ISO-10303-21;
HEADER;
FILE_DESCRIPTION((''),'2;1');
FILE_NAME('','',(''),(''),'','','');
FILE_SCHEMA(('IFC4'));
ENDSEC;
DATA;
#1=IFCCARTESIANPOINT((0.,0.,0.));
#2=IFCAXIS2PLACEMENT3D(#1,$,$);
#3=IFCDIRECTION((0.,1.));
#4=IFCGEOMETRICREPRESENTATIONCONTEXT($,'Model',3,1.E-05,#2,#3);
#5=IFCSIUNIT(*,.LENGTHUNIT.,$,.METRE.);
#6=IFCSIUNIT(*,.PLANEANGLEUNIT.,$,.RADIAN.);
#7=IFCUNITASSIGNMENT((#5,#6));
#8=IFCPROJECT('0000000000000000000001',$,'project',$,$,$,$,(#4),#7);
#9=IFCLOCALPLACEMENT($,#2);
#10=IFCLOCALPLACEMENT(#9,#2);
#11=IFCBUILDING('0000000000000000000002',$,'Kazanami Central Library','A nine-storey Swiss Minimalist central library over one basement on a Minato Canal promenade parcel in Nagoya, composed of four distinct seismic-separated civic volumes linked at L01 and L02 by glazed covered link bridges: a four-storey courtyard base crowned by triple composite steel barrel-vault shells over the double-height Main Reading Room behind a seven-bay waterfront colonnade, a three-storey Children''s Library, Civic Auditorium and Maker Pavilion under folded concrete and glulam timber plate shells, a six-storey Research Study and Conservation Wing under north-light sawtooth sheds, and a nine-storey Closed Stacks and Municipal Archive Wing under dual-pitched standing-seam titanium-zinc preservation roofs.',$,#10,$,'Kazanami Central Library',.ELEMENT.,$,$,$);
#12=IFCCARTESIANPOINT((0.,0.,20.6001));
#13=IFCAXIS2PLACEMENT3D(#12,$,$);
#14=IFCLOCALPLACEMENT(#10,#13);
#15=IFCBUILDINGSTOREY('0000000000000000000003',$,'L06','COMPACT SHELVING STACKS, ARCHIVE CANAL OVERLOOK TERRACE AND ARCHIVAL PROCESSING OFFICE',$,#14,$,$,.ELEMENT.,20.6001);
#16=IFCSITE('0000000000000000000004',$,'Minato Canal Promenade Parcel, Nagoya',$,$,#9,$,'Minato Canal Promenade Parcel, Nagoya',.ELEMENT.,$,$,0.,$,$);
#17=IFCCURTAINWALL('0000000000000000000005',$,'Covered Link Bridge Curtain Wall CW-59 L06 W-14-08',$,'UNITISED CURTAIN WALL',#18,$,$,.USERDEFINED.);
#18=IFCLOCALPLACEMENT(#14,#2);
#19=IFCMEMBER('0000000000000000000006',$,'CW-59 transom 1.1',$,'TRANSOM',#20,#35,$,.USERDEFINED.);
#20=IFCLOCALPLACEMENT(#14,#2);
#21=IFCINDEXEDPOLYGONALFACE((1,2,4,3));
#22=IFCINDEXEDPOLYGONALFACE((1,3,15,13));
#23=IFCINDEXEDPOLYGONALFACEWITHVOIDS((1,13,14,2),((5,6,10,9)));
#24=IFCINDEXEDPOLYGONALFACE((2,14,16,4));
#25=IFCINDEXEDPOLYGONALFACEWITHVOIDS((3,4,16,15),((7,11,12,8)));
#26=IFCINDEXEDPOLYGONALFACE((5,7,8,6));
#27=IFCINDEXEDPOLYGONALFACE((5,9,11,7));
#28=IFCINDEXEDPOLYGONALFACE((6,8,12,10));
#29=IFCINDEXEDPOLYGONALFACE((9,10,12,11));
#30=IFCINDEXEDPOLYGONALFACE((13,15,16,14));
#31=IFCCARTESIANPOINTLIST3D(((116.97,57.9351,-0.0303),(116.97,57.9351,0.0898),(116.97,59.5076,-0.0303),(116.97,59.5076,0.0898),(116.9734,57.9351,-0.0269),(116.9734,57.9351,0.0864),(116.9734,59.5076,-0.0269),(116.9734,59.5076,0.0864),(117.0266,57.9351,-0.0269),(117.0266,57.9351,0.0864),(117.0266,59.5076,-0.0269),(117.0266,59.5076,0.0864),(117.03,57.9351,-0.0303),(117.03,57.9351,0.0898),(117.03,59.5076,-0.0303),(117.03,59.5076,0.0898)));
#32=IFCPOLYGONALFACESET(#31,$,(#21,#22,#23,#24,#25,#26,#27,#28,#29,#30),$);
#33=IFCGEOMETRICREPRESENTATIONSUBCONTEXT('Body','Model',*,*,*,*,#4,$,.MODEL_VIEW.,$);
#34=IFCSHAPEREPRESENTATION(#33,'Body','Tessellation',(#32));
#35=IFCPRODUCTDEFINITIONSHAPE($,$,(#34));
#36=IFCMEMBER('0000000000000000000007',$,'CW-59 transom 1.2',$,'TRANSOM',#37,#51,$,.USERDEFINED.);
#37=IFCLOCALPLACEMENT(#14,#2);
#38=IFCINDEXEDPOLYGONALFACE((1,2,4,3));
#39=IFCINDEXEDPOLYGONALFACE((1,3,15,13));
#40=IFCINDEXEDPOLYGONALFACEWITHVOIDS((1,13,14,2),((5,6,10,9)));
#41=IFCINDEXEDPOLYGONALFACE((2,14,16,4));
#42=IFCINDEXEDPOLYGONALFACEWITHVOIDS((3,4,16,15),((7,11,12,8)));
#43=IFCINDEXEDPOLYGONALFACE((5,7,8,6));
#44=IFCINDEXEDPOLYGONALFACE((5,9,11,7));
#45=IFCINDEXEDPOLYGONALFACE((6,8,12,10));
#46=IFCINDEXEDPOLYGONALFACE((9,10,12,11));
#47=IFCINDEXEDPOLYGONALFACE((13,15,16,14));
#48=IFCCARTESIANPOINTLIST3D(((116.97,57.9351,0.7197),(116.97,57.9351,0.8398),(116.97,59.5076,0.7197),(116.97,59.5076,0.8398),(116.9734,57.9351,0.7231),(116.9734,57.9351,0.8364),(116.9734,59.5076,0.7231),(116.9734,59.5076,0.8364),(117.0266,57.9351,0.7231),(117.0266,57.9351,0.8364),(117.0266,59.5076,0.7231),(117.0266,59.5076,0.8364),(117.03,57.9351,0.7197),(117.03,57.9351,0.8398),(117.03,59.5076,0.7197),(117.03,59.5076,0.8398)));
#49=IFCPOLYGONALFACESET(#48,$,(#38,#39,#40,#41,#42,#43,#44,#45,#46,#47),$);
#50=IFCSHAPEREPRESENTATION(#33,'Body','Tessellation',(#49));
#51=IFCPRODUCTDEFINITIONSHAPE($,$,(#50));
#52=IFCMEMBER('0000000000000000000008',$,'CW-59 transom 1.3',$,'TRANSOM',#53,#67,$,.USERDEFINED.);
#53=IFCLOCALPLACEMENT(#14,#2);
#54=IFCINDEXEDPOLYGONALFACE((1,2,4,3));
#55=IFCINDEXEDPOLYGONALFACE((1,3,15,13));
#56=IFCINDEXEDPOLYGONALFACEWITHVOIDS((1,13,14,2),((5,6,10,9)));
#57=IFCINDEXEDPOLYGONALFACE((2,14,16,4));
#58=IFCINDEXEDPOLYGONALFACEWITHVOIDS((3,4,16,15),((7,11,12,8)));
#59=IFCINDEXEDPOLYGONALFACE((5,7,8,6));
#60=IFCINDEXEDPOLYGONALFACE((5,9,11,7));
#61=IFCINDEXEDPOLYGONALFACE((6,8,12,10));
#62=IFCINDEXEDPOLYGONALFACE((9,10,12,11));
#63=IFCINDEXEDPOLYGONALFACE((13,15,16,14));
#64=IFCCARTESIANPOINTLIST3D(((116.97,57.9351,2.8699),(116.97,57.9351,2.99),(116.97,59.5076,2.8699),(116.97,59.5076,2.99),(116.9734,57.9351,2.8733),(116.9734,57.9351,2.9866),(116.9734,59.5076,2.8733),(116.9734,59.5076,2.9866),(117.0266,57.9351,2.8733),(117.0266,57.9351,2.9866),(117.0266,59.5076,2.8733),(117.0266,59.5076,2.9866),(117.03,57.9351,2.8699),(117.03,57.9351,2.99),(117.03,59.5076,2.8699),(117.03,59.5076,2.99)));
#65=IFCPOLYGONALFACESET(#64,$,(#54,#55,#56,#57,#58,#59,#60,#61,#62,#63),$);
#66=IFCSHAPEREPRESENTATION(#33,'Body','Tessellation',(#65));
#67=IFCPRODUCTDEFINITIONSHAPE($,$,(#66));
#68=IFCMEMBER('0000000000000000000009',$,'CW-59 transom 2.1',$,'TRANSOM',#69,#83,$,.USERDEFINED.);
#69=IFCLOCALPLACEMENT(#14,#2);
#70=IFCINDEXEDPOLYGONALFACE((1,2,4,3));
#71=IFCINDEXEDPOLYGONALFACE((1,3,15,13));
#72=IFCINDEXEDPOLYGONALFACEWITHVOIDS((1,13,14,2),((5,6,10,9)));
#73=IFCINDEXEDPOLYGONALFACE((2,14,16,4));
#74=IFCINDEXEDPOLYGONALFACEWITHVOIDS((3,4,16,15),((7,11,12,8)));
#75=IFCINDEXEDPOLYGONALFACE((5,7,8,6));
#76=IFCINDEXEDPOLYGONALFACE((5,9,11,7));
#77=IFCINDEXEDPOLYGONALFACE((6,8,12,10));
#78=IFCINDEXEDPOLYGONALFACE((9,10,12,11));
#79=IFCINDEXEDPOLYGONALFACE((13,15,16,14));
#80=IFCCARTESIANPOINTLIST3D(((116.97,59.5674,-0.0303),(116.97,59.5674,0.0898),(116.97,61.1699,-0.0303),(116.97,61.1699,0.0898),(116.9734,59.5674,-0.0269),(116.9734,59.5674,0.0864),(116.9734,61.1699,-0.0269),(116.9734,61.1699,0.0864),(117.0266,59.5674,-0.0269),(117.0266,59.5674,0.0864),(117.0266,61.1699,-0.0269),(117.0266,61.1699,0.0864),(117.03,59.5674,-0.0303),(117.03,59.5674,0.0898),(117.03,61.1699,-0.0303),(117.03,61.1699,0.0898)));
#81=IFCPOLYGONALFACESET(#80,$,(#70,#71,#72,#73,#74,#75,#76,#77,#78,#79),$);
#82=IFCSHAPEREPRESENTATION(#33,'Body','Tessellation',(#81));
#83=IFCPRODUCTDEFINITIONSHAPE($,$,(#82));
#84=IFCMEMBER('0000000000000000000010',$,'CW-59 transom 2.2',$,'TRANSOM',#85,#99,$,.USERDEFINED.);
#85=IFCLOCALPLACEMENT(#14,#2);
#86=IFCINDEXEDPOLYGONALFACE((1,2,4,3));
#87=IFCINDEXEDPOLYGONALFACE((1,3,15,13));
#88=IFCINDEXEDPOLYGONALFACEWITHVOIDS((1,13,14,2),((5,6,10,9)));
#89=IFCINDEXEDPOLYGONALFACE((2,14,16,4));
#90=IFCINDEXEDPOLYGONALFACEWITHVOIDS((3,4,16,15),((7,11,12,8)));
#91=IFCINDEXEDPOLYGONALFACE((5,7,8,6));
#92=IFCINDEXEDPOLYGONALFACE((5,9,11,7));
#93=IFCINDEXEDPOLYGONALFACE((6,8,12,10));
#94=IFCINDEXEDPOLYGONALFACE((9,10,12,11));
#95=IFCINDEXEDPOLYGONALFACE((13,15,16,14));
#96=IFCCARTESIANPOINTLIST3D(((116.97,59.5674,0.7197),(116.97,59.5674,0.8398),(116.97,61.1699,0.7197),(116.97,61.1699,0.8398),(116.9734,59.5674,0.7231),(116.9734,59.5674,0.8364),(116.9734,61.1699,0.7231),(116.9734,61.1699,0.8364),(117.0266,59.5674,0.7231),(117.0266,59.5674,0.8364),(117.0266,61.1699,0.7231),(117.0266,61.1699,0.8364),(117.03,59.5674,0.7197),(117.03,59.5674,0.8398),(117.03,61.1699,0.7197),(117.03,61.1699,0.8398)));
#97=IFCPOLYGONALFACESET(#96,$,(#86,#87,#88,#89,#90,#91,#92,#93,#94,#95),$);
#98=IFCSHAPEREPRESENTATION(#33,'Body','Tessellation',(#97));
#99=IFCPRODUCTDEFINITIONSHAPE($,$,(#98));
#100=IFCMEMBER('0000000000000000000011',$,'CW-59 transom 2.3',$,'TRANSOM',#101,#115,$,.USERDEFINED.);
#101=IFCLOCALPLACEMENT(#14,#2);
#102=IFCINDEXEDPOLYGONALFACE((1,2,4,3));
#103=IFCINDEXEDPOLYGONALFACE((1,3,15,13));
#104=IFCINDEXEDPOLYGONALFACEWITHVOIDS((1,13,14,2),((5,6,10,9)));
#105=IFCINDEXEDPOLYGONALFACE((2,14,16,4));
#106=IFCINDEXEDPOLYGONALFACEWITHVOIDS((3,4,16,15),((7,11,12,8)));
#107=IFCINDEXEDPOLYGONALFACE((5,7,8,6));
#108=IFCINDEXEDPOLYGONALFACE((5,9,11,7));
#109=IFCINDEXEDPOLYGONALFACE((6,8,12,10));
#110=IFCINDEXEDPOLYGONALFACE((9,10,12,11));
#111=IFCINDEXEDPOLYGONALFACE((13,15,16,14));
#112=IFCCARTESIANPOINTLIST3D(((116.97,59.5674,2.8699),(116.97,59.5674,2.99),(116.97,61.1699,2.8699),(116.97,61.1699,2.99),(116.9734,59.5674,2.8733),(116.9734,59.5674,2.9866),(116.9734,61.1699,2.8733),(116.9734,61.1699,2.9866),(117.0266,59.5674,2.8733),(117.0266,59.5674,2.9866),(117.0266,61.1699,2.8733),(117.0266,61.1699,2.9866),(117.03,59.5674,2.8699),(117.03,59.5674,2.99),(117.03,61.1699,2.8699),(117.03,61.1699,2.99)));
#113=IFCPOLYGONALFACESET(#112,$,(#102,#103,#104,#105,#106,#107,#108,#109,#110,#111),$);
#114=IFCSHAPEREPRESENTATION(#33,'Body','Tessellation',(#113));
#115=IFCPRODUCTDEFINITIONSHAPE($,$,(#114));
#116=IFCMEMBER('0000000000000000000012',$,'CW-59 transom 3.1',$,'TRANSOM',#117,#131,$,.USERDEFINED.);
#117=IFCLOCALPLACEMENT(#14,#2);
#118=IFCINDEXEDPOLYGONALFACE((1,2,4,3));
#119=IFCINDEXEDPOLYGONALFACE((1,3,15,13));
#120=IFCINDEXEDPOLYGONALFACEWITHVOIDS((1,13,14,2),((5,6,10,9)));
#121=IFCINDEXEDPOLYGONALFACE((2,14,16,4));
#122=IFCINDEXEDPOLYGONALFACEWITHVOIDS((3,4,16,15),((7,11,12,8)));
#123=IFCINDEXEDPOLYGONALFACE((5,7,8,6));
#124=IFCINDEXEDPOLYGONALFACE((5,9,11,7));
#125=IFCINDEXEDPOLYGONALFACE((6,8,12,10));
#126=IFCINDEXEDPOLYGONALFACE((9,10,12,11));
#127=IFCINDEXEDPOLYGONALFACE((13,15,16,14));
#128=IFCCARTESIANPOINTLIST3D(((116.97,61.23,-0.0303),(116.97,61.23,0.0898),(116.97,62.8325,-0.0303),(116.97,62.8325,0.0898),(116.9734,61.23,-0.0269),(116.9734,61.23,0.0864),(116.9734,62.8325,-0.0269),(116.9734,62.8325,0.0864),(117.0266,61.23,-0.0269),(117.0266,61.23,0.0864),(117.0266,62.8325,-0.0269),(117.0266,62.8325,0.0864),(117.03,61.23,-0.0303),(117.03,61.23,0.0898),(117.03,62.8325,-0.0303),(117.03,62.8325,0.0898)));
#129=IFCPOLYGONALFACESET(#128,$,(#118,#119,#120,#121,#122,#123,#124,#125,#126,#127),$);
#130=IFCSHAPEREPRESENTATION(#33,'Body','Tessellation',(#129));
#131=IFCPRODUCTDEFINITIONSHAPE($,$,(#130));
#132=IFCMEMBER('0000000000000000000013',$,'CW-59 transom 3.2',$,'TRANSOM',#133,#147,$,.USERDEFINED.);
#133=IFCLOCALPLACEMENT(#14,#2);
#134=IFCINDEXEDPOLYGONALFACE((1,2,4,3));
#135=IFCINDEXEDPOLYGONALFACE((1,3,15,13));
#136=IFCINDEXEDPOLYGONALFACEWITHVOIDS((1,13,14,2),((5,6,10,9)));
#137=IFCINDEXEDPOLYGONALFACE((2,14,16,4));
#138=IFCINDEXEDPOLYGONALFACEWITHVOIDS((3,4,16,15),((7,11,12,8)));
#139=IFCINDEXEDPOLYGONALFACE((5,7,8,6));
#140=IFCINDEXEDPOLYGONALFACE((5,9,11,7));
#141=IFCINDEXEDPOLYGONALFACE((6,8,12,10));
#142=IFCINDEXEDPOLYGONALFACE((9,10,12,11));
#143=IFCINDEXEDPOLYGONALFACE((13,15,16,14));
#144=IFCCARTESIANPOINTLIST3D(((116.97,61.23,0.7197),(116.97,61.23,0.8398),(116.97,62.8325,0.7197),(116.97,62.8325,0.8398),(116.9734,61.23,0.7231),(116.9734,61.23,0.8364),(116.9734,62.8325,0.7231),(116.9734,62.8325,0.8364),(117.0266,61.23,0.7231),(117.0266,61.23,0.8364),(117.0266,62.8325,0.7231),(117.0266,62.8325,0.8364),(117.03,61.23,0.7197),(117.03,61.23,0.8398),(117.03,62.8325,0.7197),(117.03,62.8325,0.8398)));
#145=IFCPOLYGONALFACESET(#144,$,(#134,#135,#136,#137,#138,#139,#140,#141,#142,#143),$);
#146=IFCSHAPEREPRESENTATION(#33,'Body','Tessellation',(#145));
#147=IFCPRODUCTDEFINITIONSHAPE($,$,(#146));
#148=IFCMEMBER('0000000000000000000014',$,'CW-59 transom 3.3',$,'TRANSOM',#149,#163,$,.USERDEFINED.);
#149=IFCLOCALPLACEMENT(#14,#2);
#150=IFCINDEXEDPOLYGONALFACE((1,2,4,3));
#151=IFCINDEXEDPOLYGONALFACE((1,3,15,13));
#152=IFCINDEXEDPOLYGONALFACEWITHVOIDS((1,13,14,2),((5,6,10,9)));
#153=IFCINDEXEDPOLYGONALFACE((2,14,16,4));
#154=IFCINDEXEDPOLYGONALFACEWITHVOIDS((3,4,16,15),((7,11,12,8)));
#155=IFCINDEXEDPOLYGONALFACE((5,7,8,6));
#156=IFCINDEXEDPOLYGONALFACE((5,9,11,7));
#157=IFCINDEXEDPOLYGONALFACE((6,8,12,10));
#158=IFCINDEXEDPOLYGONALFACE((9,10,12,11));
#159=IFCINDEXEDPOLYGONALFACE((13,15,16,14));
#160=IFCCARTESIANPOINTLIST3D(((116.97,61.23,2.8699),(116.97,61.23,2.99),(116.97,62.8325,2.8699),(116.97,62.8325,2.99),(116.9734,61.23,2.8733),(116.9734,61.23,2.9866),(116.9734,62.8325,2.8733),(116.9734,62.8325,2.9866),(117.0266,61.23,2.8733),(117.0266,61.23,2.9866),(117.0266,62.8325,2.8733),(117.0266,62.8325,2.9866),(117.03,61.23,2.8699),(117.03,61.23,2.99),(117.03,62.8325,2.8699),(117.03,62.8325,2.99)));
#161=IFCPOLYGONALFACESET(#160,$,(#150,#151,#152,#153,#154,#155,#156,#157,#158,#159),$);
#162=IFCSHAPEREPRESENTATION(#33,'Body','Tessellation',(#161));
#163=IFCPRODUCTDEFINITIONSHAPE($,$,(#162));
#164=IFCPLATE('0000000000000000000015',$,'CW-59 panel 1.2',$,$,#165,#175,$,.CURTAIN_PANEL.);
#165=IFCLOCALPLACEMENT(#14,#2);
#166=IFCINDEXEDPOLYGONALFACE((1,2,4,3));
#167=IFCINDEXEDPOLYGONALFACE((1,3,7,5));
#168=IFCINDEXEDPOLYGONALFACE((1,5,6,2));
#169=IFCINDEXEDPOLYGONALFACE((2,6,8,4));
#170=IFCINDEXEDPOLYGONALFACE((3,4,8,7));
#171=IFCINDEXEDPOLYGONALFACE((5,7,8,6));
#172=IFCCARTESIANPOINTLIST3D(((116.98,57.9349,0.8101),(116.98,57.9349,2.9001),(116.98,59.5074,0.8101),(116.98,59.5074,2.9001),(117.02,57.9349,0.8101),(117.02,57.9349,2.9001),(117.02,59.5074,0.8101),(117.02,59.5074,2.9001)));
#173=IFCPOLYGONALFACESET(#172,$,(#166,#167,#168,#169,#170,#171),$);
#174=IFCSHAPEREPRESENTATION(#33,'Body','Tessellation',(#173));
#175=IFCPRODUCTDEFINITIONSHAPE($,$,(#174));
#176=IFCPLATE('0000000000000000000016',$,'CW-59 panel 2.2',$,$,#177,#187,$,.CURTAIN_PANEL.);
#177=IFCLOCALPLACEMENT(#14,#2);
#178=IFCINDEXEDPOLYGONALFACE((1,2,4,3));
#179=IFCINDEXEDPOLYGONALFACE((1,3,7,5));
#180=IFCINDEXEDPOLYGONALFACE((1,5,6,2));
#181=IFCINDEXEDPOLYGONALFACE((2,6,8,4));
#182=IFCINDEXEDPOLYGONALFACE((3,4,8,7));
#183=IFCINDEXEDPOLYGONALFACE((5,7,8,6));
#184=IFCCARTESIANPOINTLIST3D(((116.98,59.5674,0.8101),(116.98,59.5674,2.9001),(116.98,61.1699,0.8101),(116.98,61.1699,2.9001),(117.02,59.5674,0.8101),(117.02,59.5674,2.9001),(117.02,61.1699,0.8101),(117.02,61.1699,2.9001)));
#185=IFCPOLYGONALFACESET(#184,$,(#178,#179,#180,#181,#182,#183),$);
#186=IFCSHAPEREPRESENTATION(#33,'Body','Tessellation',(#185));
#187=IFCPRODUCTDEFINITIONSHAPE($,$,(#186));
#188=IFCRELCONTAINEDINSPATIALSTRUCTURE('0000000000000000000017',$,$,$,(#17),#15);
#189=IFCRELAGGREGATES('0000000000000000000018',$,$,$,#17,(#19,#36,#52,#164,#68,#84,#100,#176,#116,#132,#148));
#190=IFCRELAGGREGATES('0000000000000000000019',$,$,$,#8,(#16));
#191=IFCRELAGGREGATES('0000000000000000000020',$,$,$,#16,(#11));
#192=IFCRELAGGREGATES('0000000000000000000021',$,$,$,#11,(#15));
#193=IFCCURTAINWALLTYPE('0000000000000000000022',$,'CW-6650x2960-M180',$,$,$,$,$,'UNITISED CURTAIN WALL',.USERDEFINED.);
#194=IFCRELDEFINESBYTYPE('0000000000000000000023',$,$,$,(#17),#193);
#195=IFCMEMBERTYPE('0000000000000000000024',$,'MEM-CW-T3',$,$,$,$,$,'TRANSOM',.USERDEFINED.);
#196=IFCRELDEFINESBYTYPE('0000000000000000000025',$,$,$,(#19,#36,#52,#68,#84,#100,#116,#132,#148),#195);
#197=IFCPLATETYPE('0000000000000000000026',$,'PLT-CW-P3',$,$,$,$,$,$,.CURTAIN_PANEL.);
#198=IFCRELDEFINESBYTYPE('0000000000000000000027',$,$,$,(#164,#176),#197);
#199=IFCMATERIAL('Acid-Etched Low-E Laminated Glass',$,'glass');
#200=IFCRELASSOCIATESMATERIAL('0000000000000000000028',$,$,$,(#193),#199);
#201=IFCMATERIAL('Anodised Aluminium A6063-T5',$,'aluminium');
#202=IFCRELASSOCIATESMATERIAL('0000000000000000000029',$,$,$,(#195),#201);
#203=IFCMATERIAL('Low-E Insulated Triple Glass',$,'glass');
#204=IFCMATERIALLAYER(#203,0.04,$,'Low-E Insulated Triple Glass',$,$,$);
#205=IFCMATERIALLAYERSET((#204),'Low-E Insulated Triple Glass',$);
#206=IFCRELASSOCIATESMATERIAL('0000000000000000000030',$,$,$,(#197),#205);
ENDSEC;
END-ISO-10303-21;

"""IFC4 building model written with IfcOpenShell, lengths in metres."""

from ifc_helpers import new_model, si_unit, direction, frame, origin, origin_2d, place, context, subcontext, project, spatial, rectangle, hollow_rectangle, extrude, material, layer, layer_set, material_profile, profile_set, type_object, element, aggregate, save


model = new_model("IFC4")

# Units and contexts
model_context = context("Model", 3, precision=1e-05, world=origin(), true_north=direction((0.0, 1.0)))
body_context = subcontext(model_context, "Body", "Model", "MODEL_VIEW")
ifc_project = project(units=[si_unit("LENGTHUNIT", "METRE"), si_unit("PLANEANGLEUNIT", "RADIAN")], contexts=[model_context])

# Site, building, storey
site_placement = place(None, origin())
site = spatial("IfcSite", under=ifc_project, at=site_placement, Name="Minato Canal Promenade Parcel, Nagoya", LongName="Minato Canal Promenade Parcel, Nagoya", CompositionType="ELEMENT", RefElevation=0.0)
building_placement = place(site_placement, origin())
building = spatial("IfcBuilding", under=site, at=building_placement, Name="Kazanami Central Library", Description="A nine-storey Swiss Minimalist central library over one basement on a Minato Canal promenade parcel in Nagoya, composed of four distinct seismic-separated civic volumes linked at L01 and L02 by glazed covered link bridges: a four-storey courtyard base crowned by triple composite steel barrel-vault shells over the double-height Main Reading Room behind a seven-bay waterfront colonnade, a three-storey Children's Library, Civic Auditorium and Maker Pavilion under folded concrete and glulam timber plate shells, a six-storey Research Study and Conservation Wing under north-light sawtooth sheds, and a nine-storey Closed Stacks and Municipal Archive Wing under dual-pitched standing-seam titanium-zinc preservation roofs.", LongName="Kazanami Central Library", CompositionType="ELEMENT")
storey_placement = place(building_placement, frame((0.0, 0.0, 20.6001)))
storey = spatial("IfcBuildingStorey", under=building, at=storey_placement, Name="L06", Description="COMPACT SHELVING STACKS, ARCHIVE CANAL OVERLOOK TERRACE AND ARCHIVAL PROCESSING OFFICE", CompositionType="ELEMENT", Elevation=20.6001)

# Curtain wall, members, plates
ifc_material_1 = material(Name="Acid-Etched Low-E Laminated Glass", Category="glass")
curtain_wall_type = type_object("IfcCurtainWallType", Name="CW-6650x2960-M180", ElementType="UNITISED CURTAIN WALL", PredefinedType="USERDEFINED", material=ifc_material_1)
curtain_wall_placement = place(storey_placement, origin())
curtain_wall = element("IfcCurtainWall", 1, at=curtain_wall_placement, inside=storey, type_object=curtain_wall_type, Name="Covered Link Bridge Curtain Wall CW-59 L06 W-14-08", ObjectType="UNITISED CURTAIN WALL", PredefinedType="USERDEFINED")
ifc_material_2 = material(Name="Anodised Aluminium A6063-T5", Category="aluminium")
ifc_material_profile_1 = material_profile(ifc_material_2, hollow_rectangle(XDim=0.0601, YDim=0.1201, WallThickness=0.0034, at=origin_2d()), Name="ALU-TRAN-60x120x3.5")
ifc_profile_set_1 = profile_set([ifc_material_profile_1], Name="Anodised Aluminium A6063-T5")
member_type_1 = type_object("IfcMemberType", Name="MEM-CW-T3", ElementType="TRANSOM", PredefinedType="USERDEFINED", material=ifc_profile_set_1)
member_1_placement = place(storey_placement, frame((117.0, 57.9351, 0.0298), z_axis=(0.0, 1.0, 0.0), x_axis=(-1.0, 0.0, 0.0)))
member_1 = element("IfcMember", 2, at=member_1_placement, type_object=member_type_1, Name="CW-59 transom 1.1", ObjectType="TRANSOM", PredefinedType="USERDEFINED", context=body_context, shape_type="SweptSolid", body=[
    extrude(hollow_rectangle(XDim=0.0601, YDim=0.1201, WallThickness=0.0034, at=origin_2d()), origin(), (0.0, 0.0, 1.0), 1.5725),
])
member_2_placement = place(storey_placement, frame((117.0, 57.9351, 0.7798), z_axis=(0.0, 1.0, 0.0), x_axis=(-1.0, 0.0, 0.0)))
member_2 = element("IfcMember", 3, at=member_2_placement, type_object=member_type_1, Name="CW-59 transom 1.2", ObjectType="TRANSOM", PredefinedType="USERDEFINED", context=body_context, shape_type="SweptSolid", body=[
    extrude(hollow_rectangle(XDim=0.0601, YDim=0.1201, WallThickness=0.0034, at=origin_2d()), origin(), (0.0, 0.0, 1.0), 1.5725),
])
member_3_placement = place(storey_placement, frame((117.0, 57.9351, 2.9299), z_axis=(0.0, 1.0, 0.0), x_axis=(-1.0, 0.0, 0.0)))
member_3 = element("IfcMember", 4, at=member_3_placement, type_object=member_type_1, Name="CW-59 transom 1.3", ObjectType="TRANSOM", PredefinedType="USERDEFINED", context=body_context, shape_type="SweptSolid", body=[
    extrude(hollow_rectangle(XDim=0.0601, YDim=0.1201, WallThickness=0.0034, at=origin_2d()), origin(), (0.0, 0.0, 1.0), 1.5725),
])
member_4_placement = place(storey_placement, frame((117.0, 59.5674, 0.0298), z_axis=(0.0, 1.0, 0.0), x_axis=(-1.0, 0.0, 0.0)))
member_4 = element("IfcMember", 5, at=member_4_placement, type_object=member_type_1, Name="CW-59 transom 2.1", ObjectType="TRANSOM", PredefinedType="USERDEFINED", context=body_context, shape_type="SweptSolid", body=[
    extrude(hollow_rectangle(XDim=0.0601, YDim=0.1201, WallThickness=0.0034, at=origin_2d()), origin(), (0.0, 0.0, 1.0), 1.6025),
])
member_5_placement = place(storey_placement, frame((117.0, 59.5674, 0.7798), z_axis=(0.0, 1.0, 0.0), x_axis=(-1.0, 0.0, 0.0)))
member_5 = element("IfcMember", 6, at=member_5_placement, type_object=member_type_1, Name="CW-59 transom 2.2", ObjectType="TRANSOM", PredefinedType="USERDEFINED", context=body_context, shape_type="SweptSolid", body=[
    extrude(hollow_rectangle(XDim=0.0601, YDim=0.1201, WallThickness=0.0034, at=origin_2d()), origin(), (0.0, 0.0, 1.0), 1.6025),
])
member_6_placement = place(storey_placement, frame((117.0, 59.5674, 2.9299), z_axis=(0.0, 1.0, 0.0), x_axis=(-1.0, 0.0, 0.0)))
member_6 = element("IfcMember", 7, at=member_6_placement, type_object=member_type_1, Name="CW-59 transom 2.3", ObjectType="TRANSOM", PredefinedType="USERDEFINED", context=body_context, shape_type="SweptSolid", body=[
    extrude(hollow_rectangle(XDim=0.0601, YDim=0.1201, WallThickness=0.0034, at=origin_2d()), origin(), (0.0, 0.0, 1.0), 1.6025),
])
member_7_placement = place(storey_placement, frame((117.0, 61.23, 0.0298), z_axis=(0.0, 1.0, 0.0), x_axis=(-1.0, 0.0, 0.0)))
member_7 = element("IfcMember", 8, at=member_7_placement, type_object=member_type_1, Name="CW-59 transom 3.1", ObjectType="TRANSOM", PredefinedType="USERDEFINED", context=body_context, shape_type="SweptSolid", body=[
    extrude(hollow_rectangle(XDim=0.0601, YDim=0.1201, WallThickness=0.0034, at=origin_2d()), origin(), (0.0, 0.0, 1.0), 1.6025),
])
member_8_placement = place(storey_placement, frame((117.0, 61.23, 0.7798), z_axis=(0.0, 1.0, 0.0), x_axis=(-1.0, 0.0, 0.0)))
member_8 = element("IfcMember", 9, at=member_8_placement, type_object=member_type_1, Name="CW-59 transom 3.2", ObjectType="TRANSOM", PredefinedType="USERDEFINED", context=body_context, shape_type="SweptSolid", body=[
    extrude(hollow_rectangle(XDim=0.0601, YDim=0.1201, WallThickness=0.0034, at=origin_2d()), origin(), (0.0, 0.0, 1.0), 1.6025),
])
member_9_placement = place(storey_placement, frame((117.0, 61.23, 2.9299), z_axis=(0.0, 1.0, 0.0), x_axis=(-1.0, 0.0, 0.0)))
member_9 = element("IfcMember", 10, at=member_9_placement, type_object=member_type_1, Name="CW-59 transom 3.3", ObjectType="TRANSOM", PredefinedType="USERDEFINED", context=body_context, shape_type="SweptSolid", body=[
    extrude(hollow_rectangle(XDim=0.0601, YDim=0.1201, WallThickness=0.0034, at=origin_2d()), origin(), (0.0, 0.0, 1.0), 1.6025),
])
ifc_material_3 = material(Name="Low-E Insulated Triple Glass", Category="glass")
ifc_layer_1 = layer(ifc_material_3, 0.04, Name="Low-E Insulated Triple Glass")
ifc_layer_set_1 = layer_set([ifc_layer_1], Name="Low-E Insulated Triple Glass")
plate_type_1 = type_object("IfcPlateType", Name="PLT-CW-P3", PredefinedType="CURTAIN_PANEL", material=ifc_layer_set_1)
plate_1_placement = place(storey_placement, frame((117.0, 58.7212, 0.8101), z_axis=(0.0, 0.0, 1.0), x_axis=(0.0, 1.0, 0.0)))
plate_1 = element("IfcPlate", 11, at=plate_1_placement, type_object=plate_type_1, Name="CW-59 panel 1.2", PredefinedType="CURTAIN_PANEL", context=body_context, shape_type="SweptSolid", body=[
    extrude(rectangle(XDim=1.5725, YDim=0.04, at=origin_2d()), origin(), (0.0, 0.0, 1.0), 2.0901),
])
plate_2_placement = place(storey_placement, frame((117.0, 60.3687, 0.8101), z_axis=(0.0, 0.0, 1.0), x_axis=(0.0, 1.0, 0.0)))
plate_2 = element("IfcPlate", 12, at=plate_2_placement, type_object=plate_type_1, Name="CW-59 panel 2.2", PredefinedType="CURTAIN_PANEL", context=body_context, shape_type="SweptSolid", body=[
    extrude(rectangle(XDim=1.6025, YDim=0.04, at=origin_2d()), origin(), (0.0, 0.0, 1.0), 2.0901),
])
aggregate(curtain_wall, [member_1, member_2, member_3, plate_1, member_4, member_5, member_6, plate_2, member_7, member_8, member_9])

save(model, "model.ifc")
